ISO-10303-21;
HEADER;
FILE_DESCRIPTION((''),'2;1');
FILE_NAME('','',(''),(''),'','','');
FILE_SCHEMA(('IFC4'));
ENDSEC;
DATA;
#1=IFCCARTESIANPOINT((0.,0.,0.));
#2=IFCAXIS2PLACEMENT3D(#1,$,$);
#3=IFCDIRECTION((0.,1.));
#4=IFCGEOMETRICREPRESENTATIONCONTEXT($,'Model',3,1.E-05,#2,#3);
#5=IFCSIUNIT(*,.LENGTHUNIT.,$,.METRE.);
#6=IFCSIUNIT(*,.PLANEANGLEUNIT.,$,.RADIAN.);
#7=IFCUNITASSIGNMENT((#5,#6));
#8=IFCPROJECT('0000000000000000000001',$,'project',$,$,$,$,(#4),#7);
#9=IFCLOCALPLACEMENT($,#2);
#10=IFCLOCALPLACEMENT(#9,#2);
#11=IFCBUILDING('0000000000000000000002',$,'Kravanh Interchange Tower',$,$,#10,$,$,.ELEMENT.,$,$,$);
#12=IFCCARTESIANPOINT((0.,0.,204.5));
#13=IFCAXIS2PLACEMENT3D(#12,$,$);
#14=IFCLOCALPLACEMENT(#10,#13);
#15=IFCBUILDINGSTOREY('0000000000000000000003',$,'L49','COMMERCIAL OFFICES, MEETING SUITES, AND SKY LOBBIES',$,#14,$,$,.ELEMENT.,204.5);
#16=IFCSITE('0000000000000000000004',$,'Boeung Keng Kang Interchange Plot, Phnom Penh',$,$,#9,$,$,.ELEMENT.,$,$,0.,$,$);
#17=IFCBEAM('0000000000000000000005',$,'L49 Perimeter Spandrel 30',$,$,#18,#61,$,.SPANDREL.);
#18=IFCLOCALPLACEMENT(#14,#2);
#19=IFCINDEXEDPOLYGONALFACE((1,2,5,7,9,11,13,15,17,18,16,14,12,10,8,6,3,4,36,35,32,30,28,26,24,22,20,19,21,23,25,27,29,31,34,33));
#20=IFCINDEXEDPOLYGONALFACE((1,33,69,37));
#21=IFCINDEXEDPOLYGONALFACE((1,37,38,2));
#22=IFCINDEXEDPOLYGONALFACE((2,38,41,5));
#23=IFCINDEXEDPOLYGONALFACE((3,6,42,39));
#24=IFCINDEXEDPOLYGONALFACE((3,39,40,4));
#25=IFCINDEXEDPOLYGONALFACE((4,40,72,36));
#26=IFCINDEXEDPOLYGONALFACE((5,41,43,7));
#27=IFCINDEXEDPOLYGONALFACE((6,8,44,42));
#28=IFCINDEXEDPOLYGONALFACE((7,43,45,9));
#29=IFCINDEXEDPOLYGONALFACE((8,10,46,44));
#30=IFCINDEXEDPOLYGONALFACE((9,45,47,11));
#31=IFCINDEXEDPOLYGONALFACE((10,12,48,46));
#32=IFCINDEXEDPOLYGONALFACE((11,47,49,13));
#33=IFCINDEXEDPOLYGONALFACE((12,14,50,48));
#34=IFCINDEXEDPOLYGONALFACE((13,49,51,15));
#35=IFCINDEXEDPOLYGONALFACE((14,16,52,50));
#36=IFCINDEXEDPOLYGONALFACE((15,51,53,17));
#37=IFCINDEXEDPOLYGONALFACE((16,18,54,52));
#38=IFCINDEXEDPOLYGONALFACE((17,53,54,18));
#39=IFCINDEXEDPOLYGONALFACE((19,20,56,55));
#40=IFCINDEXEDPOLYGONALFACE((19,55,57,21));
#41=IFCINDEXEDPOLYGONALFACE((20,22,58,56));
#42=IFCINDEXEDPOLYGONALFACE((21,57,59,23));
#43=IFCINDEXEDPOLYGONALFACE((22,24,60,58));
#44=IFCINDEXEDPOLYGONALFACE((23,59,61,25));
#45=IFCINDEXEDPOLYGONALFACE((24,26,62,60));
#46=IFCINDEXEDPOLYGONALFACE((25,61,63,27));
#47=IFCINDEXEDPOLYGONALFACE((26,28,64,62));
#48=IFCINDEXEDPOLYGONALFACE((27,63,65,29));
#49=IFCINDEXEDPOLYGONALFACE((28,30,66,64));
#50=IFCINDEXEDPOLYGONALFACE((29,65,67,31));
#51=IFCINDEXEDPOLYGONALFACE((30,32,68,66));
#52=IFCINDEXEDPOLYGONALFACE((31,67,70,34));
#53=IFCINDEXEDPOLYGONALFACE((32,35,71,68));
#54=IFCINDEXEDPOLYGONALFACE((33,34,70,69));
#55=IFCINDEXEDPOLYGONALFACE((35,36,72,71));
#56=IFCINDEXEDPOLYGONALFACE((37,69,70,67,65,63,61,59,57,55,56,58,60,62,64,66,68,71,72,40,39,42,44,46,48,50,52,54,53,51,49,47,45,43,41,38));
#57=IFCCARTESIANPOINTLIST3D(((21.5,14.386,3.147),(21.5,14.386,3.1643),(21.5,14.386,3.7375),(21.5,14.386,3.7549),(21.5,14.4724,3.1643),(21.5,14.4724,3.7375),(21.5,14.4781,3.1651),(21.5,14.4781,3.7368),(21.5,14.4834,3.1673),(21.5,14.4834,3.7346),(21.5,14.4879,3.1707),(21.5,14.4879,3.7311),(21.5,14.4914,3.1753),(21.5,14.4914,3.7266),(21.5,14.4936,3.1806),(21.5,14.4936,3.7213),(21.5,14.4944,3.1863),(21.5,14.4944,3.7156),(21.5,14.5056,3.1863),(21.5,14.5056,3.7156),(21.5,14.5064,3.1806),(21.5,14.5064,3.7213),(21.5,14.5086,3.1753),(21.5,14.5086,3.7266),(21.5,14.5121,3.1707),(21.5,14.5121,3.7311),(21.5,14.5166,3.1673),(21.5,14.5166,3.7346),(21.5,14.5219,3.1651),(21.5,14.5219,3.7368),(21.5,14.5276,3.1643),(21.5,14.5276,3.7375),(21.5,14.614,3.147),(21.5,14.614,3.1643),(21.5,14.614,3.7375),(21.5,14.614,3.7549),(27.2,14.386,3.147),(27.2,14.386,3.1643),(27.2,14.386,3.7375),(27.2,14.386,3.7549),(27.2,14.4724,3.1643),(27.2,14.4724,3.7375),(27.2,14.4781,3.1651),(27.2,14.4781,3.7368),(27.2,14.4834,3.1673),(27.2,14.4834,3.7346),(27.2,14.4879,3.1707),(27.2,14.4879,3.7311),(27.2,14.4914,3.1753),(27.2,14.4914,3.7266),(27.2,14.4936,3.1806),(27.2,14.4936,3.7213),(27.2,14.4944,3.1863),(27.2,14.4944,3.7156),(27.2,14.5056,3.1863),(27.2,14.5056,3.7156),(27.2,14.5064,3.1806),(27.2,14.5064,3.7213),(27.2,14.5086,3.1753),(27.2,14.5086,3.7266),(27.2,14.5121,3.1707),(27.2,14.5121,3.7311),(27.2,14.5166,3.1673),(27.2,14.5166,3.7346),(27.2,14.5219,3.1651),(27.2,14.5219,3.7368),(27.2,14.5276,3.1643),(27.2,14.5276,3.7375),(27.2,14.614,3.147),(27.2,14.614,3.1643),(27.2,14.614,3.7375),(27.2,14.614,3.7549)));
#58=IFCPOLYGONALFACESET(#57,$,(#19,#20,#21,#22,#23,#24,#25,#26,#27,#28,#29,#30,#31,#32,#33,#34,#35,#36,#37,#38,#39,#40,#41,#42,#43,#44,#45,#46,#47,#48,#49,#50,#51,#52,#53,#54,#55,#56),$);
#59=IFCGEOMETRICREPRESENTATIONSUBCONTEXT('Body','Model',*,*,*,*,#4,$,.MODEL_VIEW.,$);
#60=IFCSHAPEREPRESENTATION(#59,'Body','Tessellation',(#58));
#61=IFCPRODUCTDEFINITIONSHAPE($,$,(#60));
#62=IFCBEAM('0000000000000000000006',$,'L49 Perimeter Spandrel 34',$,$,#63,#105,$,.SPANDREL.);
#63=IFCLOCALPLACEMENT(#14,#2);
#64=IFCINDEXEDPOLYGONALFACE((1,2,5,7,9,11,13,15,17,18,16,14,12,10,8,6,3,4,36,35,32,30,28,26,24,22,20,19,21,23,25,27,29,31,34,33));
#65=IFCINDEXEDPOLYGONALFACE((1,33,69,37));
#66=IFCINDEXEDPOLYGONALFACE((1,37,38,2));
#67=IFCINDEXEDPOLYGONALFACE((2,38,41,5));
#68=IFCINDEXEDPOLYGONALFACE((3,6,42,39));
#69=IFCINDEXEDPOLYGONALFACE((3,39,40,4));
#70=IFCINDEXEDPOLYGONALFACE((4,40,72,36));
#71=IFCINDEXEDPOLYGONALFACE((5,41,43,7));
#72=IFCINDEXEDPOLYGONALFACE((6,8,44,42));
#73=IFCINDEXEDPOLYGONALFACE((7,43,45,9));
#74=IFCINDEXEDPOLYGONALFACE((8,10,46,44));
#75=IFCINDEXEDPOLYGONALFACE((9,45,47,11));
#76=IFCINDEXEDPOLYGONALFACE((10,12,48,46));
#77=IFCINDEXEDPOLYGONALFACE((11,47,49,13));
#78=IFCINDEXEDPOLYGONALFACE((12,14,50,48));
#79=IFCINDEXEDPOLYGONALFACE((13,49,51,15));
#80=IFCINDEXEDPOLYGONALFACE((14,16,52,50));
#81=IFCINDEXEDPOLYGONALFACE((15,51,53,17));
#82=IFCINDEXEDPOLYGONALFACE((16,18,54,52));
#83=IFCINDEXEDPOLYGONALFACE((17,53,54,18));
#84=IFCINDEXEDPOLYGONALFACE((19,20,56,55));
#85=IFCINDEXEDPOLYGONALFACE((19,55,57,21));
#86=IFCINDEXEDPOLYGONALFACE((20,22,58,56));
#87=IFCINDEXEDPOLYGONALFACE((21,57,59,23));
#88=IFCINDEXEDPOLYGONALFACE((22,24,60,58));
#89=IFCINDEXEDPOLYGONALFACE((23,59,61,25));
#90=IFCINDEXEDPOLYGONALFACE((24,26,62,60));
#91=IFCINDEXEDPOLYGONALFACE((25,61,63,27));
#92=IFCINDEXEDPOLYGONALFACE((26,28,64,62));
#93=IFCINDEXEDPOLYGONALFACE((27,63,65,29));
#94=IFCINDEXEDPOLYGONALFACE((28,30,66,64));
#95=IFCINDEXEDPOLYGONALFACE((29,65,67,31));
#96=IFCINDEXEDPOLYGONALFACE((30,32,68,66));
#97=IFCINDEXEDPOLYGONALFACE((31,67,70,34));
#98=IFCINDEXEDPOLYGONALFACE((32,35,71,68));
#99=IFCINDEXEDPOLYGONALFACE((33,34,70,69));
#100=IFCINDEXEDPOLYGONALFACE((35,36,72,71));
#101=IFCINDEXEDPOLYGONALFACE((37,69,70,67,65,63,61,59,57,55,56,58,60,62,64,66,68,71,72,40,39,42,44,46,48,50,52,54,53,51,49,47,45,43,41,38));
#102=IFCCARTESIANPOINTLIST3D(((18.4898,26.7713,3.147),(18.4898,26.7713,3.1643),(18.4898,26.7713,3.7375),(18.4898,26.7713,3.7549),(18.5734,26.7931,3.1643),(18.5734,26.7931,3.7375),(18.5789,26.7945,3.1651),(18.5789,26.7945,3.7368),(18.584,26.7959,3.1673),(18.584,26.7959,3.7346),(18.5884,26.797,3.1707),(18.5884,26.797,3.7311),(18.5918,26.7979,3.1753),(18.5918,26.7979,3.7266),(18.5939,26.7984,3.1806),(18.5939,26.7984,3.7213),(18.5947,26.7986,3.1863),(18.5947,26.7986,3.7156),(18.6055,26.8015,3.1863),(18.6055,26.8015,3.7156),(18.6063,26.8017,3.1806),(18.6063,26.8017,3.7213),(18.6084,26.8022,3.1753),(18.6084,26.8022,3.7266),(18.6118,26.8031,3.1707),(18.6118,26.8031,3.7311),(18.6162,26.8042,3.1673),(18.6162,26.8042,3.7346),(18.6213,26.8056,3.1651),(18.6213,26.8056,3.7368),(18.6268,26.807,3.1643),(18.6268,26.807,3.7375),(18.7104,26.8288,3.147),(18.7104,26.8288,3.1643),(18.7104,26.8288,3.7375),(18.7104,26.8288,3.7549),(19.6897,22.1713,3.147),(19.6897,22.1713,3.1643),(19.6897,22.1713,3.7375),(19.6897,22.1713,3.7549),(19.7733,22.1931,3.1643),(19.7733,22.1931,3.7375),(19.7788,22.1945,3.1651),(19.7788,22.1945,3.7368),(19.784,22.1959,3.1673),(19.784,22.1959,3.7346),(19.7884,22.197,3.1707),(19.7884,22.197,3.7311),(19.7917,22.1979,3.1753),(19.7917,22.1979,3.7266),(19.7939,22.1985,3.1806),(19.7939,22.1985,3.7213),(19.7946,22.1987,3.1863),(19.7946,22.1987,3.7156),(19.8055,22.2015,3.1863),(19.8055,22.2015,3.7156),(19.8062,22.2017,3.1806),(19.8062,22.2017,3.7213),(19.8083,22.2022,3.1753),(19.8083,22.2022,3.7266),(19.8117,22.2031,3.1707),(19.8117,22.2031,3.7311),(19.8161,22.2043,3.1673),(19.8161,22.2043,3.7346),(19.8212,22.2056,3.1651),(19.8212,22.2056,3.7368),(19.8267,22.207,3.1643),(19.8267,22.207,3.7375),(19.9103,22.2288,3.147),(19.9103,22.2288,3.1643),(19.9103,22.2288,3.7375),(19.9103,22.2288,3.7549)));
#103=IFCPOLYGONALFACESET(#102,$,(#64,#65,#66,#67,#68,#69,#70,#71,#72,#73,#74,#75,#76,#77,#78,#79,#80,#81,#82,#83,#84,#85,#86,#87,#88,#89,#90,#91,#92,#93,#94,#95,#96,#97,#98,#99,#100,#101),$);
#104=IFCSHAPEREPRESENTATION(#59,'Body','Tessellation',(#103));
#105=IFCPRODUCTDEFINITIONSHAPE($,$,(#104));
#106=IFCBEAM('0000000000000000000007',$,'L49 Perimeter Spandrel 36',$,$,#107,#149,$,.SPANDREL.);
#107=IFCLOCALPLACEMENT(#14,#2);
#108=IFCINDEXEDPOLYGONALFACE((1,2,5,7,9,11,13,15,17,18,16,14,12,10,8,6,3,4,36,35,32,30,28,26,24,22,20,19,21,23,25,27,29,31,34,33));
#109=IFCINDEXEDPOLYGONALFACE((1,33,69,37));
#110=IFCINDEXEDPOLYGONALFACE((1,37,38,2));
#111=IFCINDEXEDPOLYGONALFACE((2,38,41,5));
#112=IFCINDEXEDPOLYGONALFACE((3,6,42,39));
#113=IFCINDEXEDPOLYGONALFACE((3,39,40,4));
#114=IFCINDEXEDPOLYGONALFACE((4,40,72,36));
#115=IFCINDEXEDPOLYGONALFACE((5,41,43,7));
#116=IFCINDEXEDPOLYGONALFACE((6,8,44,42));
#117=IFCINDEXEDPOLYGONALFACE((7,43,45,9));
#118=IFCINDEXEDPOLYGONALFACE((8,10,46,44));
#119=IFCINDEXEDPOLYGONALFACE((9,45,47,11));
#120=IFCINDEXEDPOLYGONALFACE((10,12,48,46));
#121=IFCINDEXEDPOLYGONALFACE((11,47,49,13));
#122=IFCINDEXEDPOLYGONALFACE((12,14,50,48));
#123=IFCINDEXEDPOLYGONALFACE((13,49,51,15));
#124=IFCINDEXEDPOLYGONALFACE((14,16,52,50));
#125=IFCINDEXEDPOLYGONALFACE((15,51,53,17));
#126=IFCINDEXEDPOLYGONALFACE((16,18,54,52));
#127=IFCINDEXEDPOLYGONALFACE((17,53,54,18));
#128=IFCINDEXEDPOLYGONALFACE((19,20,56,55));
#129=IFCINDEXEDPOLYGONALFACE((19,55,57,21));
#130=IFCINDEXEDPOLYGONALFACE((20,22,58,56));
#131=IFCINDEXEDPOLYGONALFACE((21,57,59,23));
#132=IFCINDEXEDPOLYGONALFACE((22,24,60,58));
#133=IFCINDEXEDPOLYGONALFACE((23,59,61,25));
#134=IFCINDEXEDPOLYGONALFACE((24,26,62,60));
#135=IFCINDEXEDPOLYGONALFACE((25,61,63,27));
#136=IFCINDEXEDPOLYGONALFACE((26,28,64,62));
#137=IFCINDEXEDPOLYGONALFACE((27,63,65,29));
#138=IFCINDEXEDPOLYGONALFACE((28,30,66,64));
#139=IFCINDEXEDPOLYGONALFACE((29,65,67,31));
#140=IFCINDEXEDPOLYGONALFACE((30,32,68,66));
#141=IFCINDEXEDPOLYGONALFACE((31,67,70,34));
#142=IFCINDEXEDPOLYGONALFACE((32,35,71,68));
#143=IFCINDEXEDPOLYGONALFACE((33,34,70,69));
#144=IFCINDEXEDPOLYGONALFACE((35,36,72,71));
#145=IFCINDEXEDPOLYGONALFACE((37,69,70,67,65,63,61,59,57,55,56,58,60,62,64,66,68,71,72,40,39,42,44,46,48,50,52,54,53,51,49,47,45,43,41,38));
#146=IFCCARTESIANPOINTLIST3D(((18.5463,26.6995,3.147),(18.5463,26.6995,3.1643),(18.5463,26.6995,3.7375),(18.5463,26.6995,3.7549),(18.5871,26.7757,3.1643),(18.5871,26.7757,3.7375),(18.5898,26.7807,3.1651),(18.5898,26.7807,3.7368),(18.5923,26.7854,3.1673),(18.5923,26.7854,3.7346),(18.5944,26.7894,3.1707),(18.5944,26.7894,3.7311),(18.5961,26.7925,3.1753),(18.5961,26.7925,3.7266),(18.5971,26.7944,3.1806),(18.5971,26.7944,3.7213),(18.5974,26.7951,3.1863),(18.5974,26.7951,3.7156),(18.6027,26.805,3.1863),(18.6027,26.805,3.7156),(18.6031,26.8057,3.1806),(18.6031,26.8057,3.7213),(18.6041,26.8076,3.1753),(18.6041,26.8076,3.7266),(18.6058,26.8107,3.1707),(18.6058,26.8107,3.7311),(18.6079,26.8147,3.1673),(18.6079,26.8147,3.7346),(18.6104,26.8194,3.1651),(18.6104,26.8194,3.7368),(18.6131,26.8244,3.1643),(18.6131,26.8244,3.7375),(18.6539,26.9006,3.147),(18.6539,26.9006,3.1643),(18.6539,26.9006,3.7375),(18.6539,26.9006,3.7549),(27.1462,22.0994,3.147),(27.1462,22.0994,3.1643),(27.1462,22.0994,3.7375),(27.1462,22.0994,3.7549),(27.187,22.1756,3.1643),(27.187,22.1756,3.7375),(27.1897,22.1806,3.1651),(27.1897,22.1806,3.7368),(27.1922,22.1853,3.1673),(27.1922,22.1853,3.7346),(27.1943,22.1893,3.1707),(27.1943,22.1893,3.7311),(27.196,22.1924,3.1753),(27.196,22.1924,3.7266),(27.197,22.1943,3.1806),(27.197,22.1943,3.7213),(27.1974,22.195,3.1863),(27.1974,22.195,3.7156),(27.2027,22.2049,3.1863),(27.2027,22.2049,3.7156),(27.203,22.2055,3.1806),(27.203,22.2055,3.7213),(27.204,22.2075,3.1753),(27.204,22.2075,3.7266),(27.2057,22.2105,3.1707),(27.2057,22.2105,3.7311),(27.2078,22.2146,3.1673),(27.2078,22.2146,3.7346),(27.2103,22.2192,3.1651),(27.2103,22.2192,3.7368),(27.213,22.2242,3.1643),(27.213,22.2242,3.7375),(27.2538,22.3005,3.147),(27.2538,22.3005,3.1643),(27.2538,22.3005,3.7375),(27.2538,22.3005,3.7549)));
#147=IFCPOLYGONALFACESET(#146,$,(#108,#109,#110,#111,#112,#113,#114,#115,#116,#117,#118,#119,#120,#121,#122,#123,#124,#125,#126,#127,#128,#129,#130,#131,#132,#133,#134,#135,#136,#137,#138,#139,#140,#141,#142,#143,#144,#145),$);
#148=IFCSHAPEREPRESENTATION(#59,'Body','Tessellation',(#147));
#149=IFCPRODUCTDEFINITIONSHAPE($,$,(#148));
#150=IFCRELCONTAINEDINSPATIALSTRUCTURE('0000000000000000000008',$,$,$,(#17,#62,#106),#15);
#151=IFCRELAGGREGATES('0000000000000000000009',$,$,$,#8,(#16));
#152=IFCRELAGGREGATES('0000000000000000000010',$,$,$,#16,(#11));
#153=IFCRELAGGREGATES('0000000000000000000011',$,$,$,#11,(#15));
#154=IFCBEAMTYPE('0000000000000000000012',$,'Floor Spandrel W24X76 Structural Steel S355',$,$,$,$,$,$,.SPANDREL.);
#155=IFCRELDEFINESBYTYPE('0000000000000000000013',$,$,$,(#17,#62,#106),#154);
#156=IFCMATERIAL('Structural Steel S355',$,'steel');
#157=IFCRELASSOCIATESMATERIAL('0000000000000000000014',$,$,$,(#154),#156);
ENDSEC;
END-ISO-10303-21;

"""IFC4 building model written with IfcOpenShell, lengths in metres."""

from ifc_helpers import new_model, si_unit, direction, frame, origin, origin_2d, place, context, subcontext, project, spatial, i_section, extrude, material, material_profile, profile_set, type_object, element, save


model = new_model("IFC4")

# Units and contexts
model_context = context("Model", 3, precision=1e-05, world=origin(), true_north=direction((0.0, 1.0)))
body_context = subcontext(model_context, "Body", "Model", "MODEL_VIEW")
ifc_project = project(units=[si_unit("LENGTHUNIT", "METRE"), si_unit("PLANEANGLEUNIT", "RADIAN")], contexts=[model_context])

# Site, building, storey
site_placement = place(None, origin())
site = spatial("IfcSite", under=ifc_project, at=site_placement, Name="Boeung Keng Kang Interchange Plot, Phnom Penh", CompositionType="ELEMENT", RefElevation=0.0)
building_placement = place(site_placement, origin())
building = spatial("IfcBuilding", under=site, at=building_placement, Name="Kravanh Interchange Tower", CompositionType="ELEMENT")
storey_placement = place(building_placement, frame((0.0, 0.0, 204.5)))
storey = spatial("IfcBuildingStorey", under=building, at=storey_placement, Name="L49", Description="COMMERCIAL OFFICES, MEETING SUITES, AND SKY LOBBIES", CompositionType="ELEMENT", Elevation=204.5)

# Beams
ifc_material_1 = material(Name="Structural Steel S355", Category="steel")
ifc_material_profile_1 = material_profile(ifc_material_1, i_section(OverallWidth=0.228, OverallDepth=0.6079, WebThickness=0.0112, FlangeThickness=0.0173, FilletRadius=0.022, at=origin_2d()), Name="W24X76")
ifc_profile_set_1 = profile_set([ifc_material_profile_1], Name="Structural Steel S355")
beam_type_1 = type_object("IfcBeamType", Name="Floor Spandrel W24X76 Structural Steel S355", PredefinedType="SPANDREL", material=ifc_profile_set_1)
beam_1_placement = place(storey_placement, frame((21.5, 14.5, 3.4509), z_axis=(1.0, 0.0, 0.0), x_axis=(0.0, 1.0, 0.0)))
element("IfcBeam", 1, at=beam_1_placement, inside=storey, type_object=beam_type_1, Name="L49 Perimeter Spandrel 30", PredefinedType="SPANDREL", context=body_context, shape_type="SweptSolid", body=[
    extrude(i_section(OverallWidth=0.228, OverallDepth=0.6079, WebThickness=0.0112, FlangeThickness=0.0173, FilletRadius=0.022, at=origin_2d()), origin(), (0.0, 0.0, 1.0), 5.7),
])
beam_2_placement = place(storey_placement, frame((18.6001, 26.8, 3.4509), z_axis=(0.252407, -0.967621, 0.0), x_axis=(0.967621, 0.252407, 0.0)))
element("IfcBeam", 2, at=beam_2_placement, inside=storey, type_object=beam_type_1, Name="L49 Perimeter Spandrel 34", PredefinedType="SPANDREL", context=body_context, shape_type="SweptSolid", body=[
    extrude(i_section(OverallWidth=0.228, OverallDepth=0.6079, WebThickness=0.0112, FlangeThickness=0.0173, FilletRadius=0.022, at=origin_2d()), origin(), (0.0, 0.0, 1.0), 4.7539),
])
beam_3_placement = place(storey_placement, frame((18.6001, 26.8, 3.4509), z_axis=(0.881777, -0.471666, 0.0), x_axis=(0.471666, 0.881777, 0.0)))
element("IfcBeam", 3, at=beam_3_placement, inside=storey, type_object=beam_type_1, Name="L49 Perimeter Spandrel 36", PredefinedType="SPANDREL", context=body_context, shape_type="SweptSolid", body=[
    extrude(i_section(OverallWidth=0.228, OverallDepth=0.6079, WebThickness=0.0112, FlangeThickness=0.0173, FilletRadius=0.022, at=origin_2d()), origin(), (0.0, 0.0, 1.0), 9.7529),
])

save(model, "model.ifc")
